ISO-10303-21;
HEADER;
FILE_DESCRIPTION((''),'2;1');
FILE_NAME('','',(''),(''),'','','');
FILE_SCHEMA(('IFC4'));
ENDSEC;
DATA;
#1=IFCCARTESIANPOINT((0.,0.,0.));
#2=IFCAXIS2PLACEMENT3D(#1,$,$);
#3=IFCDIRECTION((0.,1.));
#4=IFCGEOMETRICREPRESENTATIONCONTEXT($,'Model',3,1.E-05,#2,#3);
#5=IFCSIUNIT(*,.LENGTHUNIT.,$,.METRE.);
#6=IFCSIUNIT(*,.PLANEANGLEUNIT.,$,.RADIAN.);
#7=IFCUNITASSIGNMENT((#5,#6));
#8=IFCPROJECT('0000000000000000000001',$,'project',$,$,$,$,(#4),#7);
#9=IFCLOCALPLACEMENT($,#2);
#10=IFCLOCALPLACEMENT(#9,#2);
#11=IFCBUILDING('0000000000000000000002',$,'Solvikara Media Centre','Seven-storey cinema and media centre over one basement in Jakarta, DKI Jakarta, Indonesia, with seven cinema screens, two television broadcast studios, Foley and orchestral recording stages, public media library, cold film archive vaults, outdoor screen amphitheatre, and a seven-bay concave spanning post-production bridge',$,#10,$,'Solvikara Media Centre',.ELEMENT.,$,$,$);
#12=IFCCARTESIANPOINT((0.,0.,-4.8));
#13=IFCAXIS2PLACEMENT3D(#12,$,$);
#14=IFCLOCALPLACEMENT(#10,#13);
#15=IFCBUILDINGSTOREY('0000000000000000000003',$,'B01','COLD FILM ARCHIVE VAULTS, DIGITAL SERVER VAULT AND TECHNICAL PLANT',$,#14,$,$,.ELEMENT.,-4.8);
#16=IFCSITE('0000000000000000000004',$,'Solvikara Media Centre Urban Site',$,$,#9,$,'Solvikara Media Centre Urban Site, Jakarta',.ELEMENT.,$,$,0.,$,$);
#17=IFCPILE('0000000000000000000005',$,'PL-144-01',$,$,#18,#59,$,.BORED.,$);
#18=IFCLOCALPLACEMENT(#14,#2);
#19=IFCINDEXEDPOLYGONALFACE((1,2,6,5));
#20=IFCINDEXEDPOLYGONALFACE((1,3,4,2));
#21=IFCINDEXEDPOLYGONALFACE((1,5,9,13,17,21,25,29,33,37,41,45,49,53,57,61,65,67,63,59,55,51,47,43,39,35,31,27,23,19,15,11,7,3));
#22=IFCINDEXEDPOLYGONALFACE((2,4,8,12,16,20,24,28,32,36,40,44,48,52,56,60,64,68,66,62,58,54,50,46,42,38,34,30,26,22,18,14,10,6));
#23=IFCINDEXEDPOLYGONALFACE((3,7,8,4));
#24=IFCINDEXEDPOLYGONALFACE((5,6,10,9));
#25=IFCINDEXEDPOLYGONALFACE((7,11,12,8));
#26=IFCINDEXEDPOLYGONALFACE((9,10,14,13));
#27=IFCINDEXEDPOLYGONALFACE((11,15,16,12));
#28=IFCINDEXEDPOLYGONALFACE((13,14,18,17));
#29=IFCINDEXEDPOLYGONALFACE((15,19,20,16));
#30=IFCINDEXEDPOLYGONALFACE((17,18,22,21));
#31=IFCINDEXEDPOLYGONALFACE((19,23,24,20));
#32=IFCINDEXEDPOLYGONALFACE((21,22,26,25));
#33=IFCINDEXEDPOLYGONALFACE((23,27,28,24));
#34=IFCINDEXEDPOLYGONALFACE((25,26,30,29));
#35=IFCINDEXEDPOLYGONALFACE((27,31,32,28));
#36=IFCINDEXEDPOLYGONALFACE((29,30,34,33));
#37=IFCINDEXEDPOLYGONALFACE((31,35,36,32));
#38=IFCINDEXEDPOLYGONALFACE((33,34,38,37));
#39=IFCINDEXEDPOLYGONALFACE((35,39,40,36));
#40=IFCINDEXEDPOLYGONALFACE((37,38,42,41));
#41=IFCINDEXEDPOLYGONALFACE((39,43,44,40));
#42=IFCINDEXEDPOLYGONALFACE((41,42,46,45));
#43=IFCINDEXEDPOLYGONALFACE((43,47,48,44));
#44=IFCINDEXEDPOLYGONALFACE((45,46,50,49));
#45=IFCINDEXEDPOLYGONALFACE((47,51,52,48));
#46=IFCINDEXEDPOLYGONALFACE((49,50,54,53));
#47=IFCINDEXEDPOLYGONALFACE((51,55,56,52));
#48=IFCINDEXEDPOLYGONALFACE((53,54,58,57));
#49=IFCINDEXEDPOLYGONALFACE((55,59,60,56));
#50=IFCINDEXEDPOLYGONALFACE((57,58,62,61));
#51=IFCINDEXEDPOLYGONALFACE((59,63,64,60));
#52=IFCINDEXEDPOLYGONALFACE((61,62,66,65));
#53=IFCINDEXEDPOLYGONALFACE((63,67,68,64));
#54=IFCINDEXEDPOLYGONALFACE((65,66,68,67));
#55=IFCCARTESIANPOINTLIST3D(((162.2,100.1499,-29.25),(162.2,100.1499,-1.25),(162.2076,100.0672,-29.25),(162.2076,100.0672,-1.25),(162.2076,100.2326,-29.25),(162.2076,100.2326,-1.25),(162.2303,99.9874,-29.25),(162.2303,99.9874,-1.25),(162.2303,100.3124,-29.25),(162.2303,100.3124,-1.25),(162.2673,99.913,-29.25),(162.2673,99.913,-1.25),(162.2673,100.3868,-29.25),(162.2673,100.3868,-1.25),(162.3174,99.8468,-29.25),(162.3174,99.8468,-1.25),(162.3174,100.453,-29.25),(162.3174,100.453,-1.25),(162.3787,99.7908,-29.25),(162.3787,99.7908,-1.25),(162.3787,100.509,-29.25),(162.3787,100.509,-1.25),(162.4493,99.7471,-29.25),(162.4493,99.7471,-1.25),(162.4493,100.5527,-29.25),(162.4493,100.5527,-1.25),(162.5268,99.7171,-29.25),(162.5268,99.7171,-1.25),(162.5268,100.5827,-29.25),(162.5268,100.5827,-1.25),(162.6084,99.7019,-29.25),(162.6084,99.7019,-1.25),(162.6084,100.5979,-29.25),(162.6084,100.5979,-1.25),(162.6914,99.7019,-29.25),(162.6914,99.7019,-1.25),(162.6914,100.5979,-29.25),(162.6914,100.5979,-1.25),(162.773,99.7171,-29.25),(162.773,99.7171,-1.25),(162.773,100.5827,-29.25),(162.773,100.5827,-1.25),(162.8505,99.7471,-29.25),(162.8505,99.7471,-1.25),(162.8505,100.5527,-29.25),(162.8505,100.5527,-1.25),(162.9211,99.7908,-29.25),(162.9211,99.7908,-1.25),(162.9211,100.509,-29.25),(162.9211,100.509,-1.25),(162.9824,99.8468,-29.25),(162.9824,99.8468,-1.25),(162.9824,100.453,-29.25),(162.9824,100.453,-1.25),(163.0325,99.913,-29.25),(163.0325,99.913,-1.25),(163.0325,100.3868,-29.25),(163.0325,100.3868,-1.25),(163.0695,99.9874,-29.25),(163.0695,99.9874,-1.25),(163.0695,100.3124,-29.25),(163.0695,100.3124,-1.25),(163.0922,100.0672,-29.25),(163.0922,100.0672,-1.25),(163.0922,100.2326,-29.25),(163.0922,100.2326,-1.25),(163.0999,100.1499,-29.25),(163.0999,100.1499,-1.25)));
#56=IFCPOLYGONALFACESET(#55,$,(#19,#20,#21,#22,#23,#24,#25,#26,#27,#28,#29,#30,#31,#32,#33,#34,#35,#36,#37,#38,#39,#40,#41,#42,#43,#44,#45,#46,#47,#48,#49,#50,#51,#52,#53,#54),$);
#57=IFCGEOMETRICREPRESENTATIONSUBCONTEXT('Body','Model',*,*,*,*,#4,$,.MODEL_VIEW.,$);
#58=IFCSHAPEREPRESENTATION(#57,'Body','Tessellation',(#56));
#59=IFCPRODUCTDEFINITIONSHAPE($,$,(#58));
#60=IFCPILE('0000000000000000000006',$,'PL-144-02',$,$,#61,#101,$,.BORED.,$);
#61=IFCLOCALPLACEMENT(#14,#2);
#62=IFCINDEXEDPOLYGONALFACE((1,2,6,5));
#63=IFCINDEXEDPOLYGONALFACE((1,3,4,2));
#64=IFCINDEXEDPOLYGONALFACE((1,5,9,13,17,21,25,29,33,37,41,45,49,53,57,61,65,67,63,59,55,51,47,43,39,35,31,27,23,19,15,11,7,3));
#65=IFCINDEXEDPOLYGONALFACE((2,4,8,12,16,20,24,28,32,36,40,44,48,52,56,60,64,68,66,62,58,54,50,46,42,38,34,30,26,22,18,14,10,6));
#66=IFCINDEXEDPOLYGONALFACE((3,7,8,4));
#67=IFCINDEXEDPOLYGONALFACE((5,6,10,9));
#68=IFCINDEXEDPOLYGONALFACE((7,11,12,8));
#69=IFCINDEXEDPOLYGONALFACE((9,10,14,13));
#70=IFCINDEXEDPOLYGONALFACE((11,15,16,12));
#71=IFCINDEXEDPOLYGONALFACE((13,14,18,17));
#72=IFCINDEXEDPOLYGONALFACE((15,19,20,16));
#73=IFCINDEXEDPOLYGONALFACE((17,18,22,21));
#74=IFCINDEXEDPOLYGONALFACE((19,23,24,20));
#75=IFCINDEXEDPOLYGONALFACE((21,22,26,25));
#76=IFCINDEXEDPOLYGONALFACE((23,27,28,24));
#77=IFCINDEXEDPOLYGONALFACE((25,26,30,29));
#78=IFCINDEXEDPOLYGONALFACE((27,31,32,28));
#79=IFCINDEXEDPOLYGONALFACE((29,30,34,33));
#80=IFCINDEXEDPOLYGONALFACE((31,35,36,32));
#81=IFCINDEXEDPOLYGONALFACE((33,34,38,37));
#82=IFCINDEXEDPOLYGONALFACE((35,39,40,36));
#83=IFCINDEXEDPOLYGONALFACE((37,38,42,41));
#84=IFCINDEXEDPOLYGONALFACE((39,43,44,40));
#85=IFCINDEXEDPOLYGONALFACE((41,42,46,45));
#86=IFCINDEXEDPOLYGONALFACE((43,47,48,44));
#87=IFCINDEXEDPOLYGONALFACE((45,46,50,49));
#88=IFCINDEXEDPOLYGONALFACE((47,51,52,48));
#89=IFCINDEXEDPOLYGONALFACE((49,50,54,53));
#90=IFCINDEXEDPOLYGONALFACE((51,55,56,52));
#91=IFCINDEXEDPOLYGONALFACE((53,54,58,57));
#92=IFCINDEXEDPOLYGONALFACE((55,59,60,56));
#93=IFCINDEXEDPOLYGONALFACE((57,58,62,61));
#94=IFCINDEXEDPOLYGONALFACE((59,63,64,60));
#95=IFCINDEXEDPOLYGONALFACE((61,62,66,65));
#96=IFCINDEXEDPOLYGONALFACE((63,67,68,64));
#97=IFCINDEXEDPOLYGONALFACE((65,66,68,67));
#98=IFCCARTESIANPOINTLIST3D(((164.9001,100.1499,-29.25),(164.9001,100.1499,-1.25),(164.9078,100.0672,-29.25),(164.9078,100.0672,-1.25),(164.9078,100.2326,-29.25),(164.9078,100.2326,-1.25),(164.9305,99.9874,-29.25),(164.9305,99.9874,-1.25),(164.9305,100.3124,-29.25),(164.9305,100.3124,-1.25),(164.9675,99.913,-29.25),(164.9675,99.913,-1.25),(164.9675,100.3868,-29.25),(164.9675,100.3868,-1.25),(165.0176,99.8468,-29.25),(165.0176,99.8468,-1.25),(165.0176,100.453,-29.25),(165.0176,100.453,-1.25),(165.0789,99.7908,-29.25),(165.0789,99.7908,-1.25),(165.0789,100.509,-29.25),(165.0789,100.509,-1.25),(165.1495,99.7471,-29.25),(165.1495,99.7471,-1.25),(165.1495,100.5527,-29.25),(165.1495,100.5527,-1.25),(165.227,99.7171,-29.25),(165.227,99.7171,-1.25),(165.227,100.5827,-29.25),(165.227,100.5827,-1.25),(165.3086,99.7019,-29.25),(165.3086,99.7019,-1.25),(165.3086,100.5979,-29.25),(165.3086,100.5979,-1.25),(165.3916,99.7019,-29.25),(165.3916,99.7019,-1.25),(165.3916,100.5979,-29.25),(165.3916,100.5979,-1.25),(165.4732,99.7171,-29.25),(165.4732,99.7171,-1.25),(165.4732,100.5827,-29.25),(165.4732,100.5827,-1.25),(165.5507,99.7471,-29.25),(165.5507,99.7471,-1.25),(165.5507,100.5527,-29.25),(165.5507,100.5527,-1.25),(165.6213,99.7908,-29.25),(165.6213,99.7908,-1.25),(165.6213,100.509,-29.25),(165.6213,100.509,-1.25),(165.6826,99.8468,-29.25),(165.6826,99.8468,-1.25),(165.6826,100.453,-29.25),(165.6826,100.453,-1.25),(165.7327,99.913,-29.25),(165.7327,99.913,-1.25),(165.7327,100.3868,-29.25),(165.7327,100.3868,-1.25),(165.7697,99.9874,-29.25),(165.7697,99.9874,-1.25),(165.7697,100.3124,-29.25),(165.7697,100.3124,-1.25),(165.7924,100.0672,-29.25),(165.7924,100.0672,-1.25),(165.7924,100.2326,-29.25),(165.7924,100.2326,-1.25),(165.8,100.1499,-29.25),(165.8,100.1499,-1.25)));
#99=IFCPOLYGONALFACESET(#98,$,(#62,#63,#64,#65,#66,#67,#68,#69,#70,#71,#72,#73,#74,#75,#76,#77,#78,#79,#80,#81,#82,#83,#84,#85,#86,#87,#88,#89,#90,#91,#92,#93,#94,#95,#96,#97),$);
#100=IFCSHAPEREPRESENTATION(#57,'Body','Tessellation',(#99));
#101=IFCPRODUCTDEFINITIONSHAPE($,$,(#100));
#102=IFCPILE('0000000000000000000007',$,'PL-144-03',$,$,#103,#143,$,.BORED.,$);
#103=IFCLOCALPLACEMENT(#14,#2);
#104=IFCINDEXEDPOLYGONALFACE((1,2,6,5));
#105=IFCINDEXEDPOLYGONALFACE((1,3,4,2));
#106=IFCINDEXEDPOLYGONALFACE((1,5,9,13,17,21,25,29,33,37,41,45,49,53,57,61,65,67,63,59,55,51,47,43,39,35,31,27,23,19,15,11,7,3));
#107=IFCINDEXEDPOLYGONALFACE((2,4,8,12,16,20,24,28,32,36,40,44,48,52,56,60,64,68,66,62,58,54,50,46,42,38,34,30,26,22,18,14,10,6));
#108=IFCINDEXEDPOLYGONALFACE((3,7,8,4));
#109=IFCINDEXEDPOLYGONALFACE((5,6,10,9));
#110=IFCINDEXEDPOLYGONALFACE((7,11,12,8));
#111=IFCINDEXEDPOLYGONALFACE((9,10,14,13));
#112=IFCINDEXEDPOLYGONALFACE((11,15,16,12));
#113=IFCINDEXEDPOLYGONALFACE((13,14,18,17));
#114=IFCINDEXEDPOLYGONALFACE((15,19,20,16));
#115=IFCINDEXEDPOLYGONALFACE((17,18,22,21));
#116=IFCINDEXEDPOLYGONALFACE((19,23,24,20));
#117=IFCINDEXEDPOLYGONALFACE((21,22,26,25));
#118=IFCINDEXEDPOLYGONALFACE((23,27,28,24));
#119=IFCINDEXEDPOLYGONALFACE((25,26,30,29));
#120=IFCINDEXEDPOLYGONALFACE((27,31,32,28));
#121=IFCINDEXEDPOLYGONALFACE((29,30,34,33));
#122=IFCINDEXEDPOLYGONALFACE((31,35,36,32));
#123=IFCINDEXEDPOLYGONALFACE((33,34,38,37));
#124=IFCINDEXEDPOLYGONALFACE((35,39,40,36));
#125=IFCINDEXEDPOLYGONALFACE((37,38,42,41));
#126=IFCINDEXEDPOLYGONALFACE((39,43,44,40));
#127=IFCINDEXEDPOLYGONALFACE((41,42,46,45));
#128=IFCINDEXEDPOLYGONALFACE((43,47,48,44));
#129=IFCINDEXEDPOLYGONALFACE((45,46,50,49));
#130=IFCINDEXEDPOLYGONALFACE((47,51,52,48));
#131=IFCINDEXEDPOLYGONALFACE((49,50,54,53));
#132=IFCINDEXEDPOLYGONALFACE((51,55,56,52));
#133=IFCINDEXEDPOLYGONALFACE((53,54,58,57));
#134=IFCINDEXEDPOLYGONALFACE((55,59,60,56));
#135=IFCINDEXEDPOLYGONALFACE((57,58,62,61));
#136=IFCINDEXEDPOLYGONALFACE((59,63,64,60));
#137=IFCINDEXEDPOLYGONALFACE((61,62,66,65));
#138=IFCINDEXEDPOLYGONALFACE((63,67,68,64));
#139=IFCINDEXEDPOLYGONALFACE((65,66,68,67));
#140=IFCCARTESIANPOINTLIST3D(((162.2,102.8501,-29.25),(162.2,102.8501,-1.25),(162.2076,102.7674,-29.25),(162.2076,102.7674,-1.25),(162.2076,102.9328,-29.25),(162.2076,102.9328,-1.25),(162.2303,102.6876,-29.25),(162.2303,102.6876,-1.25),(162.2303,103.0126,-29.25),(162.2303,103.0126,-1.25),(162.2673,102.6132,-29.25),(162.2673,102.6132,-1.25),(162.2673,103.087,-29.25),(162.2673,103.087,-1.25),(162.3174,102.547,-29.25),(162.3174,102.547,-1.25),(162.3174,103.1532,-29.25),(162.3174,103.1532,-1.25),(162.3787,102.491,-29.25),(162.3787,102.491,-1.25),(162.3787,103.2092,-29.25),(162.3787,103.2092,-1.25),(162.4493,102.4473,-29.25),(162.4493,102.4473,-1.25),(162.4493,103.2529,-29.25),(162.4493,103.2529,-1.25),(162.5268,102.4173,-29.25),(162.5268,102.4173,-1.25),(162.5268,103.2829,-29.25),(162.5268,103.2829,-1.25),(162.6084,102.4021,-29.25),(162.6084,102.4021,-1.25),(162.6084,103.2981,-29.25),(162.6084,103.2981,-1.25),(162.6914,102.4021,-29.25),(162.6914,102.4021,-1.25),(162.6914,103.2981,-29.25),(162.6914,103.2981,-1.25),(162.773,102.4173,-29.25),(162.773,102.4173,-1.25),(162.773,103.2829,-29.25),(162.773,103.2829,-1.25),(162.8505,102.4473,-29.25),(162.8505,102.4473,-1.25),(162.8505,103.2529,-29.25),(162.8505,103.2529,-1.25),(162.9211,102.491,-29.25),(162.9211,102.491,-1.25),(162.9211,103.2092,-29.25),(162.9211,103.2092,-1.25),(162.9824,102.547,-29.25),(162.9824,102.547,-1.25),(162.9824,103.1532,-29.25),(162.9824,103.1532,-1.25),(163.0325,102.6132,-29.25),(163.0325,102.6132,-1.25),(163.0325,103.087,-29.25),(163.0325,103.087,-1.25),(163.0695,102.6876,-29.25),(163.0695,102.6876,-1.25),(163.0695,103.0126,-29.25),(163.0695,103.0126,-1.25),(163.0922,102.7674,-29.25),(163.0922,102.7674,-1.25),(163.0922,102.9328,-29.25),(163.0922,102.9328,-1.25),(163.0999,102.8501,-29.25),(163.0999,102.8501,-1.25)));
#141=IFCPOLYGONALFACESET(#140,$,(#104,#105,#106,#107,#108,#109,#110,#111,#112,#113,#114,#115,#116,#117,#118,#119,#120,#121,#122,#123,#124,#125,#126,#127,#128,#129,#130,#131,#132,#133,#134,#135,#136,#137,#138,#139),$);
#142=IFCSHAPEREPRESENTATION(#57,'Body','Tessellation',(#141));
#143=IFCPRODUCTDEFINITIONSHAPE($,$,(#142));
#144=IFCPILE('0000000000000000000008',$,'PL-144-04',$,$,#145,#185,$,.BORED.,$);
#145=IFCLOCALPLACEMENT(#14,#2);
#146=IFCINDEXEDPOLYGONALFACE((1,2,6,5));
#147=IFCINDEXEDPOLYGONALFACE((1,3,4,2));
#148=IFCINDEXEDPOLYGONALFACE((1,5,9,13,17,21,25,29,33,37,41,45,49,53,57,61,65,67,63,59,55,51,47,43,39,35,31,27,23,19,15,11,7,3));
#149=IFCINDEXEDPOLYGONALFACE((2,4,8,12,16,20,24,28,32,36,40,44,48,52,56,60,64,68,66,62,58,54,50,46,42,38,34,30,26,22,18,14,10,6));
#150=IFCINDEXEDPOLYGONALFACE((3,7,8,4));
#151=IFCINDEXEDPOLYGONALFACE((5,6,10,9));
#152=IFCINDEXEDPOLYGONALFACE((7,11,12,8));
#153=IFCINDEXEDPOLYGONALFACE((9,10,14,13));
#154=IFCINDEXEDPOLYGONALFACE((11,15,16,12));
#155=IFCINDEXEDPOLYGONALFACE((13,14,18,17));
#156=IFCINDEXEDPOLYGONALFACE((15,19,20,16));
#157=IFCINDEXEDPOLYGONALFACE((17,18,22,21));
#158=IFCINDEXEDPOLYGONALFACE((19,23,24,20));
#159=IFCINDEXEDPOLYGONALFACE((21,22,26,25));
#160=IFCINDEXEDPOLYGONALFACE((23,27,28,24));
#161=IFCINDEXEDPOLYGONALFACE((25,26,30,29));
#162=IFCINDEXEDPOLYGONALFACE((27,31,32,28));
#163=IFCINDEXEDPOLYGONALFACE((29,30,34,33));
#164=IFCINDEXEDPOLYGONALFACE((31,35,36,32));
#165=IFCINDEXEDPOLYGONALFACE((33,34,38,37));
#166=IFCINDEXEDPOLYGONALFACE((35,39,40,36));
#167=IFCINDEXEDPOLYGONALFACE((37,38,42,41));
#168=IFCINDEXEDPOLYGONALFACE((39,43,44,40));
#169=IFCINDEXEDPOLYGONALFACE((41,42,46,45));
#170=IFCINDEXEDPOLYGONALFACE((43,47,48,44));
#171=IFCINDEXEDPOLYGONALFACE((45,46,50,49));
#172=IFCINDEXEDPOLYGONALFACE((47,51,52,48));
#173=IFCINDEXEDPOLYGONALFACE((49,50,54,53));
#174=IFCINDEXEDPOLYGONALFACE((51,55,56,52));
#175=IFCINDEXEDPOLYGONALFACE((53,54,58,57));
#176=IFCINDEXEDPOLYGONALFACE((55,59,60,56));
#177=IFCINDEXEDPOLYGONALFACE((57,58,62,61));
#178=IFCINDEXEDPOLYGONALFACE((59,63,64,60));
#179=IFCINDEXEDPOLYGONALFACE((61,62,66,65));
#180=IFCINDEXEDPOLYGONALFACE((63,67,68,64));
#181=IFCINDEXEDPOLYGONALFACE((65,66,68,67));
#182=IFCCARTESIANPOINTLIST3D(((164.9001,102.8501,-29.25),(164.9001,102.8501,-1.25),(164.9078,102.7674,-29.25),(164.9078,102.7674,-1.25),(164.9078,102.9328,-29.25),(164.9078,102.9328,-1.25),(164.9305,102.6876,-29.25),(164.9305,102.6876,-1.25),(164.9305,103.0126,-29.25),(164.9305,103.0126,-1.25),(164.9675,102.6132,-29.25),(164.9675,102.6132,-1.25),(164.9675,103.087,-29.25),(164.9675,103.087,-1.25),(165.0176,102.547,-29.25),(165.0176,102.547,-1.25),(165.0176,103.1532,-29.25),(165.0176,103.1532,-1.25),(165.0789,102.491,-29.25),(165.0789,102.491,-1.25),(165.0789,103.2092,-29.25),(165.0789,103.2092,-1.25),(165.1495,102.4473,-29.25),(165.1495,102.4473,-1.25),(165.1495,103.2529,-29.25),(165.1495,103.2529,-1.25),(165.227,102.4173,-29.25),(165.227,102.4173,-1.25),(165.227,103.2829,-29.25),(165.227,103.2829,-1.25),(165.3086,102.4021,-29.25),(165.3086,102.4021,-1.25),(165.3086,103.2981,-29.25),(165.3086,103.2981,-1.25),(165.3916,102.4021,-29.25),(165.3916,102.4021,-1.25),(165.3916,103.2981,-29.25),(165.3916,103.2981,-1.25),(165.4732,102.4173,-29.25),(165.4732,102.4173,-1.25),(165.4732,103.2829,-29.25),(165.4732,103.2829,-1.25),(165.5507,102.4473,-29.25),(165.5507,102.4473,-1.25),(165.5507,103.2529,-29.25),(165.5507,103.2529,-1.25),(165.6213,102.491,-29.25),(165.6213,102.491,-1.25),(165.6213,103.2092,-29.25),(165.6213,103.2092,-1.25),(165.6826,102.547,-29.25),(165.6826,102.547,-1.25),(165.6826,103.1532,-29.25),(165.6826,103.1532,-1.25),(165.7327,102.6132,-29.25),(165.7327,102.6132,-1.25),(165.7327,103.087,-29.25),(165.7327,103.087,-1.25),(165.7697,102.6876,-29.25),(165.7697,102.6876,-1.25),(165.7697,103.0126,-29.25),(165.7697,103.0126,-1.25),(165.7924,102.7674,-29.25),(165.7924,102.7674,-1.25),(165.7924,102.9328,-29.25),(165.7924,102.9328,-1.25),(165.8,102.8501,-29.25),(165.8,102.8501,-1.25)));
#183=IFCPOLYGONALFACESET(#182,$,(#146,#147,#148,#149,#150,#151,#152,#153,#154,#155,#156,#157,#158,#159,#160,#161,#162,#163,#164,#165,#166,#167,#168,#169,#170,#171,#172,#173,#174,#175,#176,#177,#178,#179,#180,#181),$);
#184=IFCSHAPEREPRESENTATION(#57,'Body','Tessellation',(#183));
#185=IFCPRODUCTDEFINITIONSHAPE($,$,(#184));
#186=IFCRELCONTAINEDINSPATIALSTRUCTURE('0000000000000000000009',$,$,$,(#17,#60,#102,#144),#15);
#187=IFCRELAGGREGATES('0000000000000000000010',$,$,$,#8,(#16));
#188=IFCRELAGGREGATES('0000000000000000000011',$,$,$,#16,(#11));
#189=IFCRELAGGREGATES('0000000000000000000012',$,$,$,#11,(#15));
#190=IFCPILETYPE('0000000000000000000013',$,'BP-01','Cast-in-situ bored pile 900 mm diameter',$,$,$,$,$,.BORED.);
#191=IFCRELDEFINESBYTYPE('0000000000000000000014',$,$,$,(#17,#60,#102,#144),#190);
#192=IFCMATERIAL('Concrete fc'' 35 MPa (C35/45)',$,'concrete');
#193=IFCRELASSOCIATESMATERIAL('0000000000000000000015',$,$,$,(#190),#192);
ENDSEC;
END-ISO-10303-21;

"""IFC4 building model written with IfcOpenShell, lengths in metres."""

from ifc_helpers import new_model, si_unit, direction, frame, origin, origin_2d, place, context, subcontext, project, spatial, circle, extrude, material, material_profile, profile_set, type_object, element, save


model = new_model("IFC4")

# Units and contexts
model_context = context("Model", 3, precision=1e-05, world=origin(), true_north=direction((0.0, 1.0)))
body_context = subcontext(model_context, "Body", "Model", "MODEL_VIEW")
ifc_project = project(units=[si_unit("LENGTHUNIT", "METRE"), si_unit("PLANEANGLEUNIT", "RADIAN")], contexts=[model_context])

# Site, building, storey
site_placement = place(None, origin())
site = spatial("IfcSite", under=ifc_project, at=site_placement, Name="Solvikara Media Centre Urban Site", LongName="Solvikara Media Centre Urban Site, Jakarta", CompositionType="ELEMENT", RefElevation=0.0)
building_placement = place(site_placement, origin())
building = spatial("IfcBuilding", under=site, at=building_placement, Name="Solvikara Media Centre", Description="Seven-storey cinema and media centre over one basement in Jakarta, DKI Jakarta, Indonesia, with seven cinema screens, two television broadcast studios, Foley and orchestral recording stages, public media library, cold film archive vaults, outdoor screen amphitheatre, and a seven-bay concave spanning post-production bridge", LongName="Solvikara Media Centre", CompositionType="ELEMENT")
storey_placement = place(building_placement, frame((0.0, 0.0, -4.8)))
storey = spatial("IfcBuildingStorey", under=building, at=storey_placement, Name="B01", Description="COLD FILM ARCHIVE VAULTS, DIGITAL SERVER VAULT AND TECHNICAL PLANT", CompositionType="ELEMENT", Elevation=-4.8)

# Piles
ifc_material_1 = material(Name="Concrete fc' 35 MPa (C35/45)", Category="concrete")
ifc_material_profile_1 = material_profile(ifc_material_1, circle(Radius=0.45, at=origin_2d()), Name="BORED PILE D900")
ifc_profile_set_1 = profile_set([ifc_material_profile_1], Name="Concrete fc' 35 MPa (C35/45)")
pile_type_1 = type_object("IfcPileType", Name="BP-01", Description="Cast-in-situ bored pile 900 mm diameter", PredefinedType="BORED", material=ifc_profile_set_1)
for number, where, z_axis, x_axis, name in (
    (1, (162.6499, 100.1499, -1.25), (0.0, 0.0, -1.0), (1.0, 0.0, 0.0), "PL-144-01"),
    (2, (165.3501, 100.1499, -1.25), (0.0, 0.0, -1.0), (1.0, 0.0, 0.0), "PL-144-02"),
    (3, (162.6499, 102.8501, -1.25), (0.0, 0.0, -1.0), (1.0, 0.0, 0.0), "PL-144-03"),
    (4, (165.3501, 102.8501, -1.25), (0.0, 0.0, -1.0), (1.0, 0.0, 0.0), "PL-144-04"),
):
    element("IfcPile", number, at=place(storey_placement, frame(where, z_axis=z_axis, x_axis=x_axis)), inside=storey, type_object=pile_type_1, Name=name, PredefinedType="BORED", context=body_context, shape_type="SweptSolid", body=[
        extrude(circle(Radius=0.45, at=origin_2d()), origin(), (0.0, 0.0, 1.0), 28.0),
    ])

save(model, "model.ifc")
